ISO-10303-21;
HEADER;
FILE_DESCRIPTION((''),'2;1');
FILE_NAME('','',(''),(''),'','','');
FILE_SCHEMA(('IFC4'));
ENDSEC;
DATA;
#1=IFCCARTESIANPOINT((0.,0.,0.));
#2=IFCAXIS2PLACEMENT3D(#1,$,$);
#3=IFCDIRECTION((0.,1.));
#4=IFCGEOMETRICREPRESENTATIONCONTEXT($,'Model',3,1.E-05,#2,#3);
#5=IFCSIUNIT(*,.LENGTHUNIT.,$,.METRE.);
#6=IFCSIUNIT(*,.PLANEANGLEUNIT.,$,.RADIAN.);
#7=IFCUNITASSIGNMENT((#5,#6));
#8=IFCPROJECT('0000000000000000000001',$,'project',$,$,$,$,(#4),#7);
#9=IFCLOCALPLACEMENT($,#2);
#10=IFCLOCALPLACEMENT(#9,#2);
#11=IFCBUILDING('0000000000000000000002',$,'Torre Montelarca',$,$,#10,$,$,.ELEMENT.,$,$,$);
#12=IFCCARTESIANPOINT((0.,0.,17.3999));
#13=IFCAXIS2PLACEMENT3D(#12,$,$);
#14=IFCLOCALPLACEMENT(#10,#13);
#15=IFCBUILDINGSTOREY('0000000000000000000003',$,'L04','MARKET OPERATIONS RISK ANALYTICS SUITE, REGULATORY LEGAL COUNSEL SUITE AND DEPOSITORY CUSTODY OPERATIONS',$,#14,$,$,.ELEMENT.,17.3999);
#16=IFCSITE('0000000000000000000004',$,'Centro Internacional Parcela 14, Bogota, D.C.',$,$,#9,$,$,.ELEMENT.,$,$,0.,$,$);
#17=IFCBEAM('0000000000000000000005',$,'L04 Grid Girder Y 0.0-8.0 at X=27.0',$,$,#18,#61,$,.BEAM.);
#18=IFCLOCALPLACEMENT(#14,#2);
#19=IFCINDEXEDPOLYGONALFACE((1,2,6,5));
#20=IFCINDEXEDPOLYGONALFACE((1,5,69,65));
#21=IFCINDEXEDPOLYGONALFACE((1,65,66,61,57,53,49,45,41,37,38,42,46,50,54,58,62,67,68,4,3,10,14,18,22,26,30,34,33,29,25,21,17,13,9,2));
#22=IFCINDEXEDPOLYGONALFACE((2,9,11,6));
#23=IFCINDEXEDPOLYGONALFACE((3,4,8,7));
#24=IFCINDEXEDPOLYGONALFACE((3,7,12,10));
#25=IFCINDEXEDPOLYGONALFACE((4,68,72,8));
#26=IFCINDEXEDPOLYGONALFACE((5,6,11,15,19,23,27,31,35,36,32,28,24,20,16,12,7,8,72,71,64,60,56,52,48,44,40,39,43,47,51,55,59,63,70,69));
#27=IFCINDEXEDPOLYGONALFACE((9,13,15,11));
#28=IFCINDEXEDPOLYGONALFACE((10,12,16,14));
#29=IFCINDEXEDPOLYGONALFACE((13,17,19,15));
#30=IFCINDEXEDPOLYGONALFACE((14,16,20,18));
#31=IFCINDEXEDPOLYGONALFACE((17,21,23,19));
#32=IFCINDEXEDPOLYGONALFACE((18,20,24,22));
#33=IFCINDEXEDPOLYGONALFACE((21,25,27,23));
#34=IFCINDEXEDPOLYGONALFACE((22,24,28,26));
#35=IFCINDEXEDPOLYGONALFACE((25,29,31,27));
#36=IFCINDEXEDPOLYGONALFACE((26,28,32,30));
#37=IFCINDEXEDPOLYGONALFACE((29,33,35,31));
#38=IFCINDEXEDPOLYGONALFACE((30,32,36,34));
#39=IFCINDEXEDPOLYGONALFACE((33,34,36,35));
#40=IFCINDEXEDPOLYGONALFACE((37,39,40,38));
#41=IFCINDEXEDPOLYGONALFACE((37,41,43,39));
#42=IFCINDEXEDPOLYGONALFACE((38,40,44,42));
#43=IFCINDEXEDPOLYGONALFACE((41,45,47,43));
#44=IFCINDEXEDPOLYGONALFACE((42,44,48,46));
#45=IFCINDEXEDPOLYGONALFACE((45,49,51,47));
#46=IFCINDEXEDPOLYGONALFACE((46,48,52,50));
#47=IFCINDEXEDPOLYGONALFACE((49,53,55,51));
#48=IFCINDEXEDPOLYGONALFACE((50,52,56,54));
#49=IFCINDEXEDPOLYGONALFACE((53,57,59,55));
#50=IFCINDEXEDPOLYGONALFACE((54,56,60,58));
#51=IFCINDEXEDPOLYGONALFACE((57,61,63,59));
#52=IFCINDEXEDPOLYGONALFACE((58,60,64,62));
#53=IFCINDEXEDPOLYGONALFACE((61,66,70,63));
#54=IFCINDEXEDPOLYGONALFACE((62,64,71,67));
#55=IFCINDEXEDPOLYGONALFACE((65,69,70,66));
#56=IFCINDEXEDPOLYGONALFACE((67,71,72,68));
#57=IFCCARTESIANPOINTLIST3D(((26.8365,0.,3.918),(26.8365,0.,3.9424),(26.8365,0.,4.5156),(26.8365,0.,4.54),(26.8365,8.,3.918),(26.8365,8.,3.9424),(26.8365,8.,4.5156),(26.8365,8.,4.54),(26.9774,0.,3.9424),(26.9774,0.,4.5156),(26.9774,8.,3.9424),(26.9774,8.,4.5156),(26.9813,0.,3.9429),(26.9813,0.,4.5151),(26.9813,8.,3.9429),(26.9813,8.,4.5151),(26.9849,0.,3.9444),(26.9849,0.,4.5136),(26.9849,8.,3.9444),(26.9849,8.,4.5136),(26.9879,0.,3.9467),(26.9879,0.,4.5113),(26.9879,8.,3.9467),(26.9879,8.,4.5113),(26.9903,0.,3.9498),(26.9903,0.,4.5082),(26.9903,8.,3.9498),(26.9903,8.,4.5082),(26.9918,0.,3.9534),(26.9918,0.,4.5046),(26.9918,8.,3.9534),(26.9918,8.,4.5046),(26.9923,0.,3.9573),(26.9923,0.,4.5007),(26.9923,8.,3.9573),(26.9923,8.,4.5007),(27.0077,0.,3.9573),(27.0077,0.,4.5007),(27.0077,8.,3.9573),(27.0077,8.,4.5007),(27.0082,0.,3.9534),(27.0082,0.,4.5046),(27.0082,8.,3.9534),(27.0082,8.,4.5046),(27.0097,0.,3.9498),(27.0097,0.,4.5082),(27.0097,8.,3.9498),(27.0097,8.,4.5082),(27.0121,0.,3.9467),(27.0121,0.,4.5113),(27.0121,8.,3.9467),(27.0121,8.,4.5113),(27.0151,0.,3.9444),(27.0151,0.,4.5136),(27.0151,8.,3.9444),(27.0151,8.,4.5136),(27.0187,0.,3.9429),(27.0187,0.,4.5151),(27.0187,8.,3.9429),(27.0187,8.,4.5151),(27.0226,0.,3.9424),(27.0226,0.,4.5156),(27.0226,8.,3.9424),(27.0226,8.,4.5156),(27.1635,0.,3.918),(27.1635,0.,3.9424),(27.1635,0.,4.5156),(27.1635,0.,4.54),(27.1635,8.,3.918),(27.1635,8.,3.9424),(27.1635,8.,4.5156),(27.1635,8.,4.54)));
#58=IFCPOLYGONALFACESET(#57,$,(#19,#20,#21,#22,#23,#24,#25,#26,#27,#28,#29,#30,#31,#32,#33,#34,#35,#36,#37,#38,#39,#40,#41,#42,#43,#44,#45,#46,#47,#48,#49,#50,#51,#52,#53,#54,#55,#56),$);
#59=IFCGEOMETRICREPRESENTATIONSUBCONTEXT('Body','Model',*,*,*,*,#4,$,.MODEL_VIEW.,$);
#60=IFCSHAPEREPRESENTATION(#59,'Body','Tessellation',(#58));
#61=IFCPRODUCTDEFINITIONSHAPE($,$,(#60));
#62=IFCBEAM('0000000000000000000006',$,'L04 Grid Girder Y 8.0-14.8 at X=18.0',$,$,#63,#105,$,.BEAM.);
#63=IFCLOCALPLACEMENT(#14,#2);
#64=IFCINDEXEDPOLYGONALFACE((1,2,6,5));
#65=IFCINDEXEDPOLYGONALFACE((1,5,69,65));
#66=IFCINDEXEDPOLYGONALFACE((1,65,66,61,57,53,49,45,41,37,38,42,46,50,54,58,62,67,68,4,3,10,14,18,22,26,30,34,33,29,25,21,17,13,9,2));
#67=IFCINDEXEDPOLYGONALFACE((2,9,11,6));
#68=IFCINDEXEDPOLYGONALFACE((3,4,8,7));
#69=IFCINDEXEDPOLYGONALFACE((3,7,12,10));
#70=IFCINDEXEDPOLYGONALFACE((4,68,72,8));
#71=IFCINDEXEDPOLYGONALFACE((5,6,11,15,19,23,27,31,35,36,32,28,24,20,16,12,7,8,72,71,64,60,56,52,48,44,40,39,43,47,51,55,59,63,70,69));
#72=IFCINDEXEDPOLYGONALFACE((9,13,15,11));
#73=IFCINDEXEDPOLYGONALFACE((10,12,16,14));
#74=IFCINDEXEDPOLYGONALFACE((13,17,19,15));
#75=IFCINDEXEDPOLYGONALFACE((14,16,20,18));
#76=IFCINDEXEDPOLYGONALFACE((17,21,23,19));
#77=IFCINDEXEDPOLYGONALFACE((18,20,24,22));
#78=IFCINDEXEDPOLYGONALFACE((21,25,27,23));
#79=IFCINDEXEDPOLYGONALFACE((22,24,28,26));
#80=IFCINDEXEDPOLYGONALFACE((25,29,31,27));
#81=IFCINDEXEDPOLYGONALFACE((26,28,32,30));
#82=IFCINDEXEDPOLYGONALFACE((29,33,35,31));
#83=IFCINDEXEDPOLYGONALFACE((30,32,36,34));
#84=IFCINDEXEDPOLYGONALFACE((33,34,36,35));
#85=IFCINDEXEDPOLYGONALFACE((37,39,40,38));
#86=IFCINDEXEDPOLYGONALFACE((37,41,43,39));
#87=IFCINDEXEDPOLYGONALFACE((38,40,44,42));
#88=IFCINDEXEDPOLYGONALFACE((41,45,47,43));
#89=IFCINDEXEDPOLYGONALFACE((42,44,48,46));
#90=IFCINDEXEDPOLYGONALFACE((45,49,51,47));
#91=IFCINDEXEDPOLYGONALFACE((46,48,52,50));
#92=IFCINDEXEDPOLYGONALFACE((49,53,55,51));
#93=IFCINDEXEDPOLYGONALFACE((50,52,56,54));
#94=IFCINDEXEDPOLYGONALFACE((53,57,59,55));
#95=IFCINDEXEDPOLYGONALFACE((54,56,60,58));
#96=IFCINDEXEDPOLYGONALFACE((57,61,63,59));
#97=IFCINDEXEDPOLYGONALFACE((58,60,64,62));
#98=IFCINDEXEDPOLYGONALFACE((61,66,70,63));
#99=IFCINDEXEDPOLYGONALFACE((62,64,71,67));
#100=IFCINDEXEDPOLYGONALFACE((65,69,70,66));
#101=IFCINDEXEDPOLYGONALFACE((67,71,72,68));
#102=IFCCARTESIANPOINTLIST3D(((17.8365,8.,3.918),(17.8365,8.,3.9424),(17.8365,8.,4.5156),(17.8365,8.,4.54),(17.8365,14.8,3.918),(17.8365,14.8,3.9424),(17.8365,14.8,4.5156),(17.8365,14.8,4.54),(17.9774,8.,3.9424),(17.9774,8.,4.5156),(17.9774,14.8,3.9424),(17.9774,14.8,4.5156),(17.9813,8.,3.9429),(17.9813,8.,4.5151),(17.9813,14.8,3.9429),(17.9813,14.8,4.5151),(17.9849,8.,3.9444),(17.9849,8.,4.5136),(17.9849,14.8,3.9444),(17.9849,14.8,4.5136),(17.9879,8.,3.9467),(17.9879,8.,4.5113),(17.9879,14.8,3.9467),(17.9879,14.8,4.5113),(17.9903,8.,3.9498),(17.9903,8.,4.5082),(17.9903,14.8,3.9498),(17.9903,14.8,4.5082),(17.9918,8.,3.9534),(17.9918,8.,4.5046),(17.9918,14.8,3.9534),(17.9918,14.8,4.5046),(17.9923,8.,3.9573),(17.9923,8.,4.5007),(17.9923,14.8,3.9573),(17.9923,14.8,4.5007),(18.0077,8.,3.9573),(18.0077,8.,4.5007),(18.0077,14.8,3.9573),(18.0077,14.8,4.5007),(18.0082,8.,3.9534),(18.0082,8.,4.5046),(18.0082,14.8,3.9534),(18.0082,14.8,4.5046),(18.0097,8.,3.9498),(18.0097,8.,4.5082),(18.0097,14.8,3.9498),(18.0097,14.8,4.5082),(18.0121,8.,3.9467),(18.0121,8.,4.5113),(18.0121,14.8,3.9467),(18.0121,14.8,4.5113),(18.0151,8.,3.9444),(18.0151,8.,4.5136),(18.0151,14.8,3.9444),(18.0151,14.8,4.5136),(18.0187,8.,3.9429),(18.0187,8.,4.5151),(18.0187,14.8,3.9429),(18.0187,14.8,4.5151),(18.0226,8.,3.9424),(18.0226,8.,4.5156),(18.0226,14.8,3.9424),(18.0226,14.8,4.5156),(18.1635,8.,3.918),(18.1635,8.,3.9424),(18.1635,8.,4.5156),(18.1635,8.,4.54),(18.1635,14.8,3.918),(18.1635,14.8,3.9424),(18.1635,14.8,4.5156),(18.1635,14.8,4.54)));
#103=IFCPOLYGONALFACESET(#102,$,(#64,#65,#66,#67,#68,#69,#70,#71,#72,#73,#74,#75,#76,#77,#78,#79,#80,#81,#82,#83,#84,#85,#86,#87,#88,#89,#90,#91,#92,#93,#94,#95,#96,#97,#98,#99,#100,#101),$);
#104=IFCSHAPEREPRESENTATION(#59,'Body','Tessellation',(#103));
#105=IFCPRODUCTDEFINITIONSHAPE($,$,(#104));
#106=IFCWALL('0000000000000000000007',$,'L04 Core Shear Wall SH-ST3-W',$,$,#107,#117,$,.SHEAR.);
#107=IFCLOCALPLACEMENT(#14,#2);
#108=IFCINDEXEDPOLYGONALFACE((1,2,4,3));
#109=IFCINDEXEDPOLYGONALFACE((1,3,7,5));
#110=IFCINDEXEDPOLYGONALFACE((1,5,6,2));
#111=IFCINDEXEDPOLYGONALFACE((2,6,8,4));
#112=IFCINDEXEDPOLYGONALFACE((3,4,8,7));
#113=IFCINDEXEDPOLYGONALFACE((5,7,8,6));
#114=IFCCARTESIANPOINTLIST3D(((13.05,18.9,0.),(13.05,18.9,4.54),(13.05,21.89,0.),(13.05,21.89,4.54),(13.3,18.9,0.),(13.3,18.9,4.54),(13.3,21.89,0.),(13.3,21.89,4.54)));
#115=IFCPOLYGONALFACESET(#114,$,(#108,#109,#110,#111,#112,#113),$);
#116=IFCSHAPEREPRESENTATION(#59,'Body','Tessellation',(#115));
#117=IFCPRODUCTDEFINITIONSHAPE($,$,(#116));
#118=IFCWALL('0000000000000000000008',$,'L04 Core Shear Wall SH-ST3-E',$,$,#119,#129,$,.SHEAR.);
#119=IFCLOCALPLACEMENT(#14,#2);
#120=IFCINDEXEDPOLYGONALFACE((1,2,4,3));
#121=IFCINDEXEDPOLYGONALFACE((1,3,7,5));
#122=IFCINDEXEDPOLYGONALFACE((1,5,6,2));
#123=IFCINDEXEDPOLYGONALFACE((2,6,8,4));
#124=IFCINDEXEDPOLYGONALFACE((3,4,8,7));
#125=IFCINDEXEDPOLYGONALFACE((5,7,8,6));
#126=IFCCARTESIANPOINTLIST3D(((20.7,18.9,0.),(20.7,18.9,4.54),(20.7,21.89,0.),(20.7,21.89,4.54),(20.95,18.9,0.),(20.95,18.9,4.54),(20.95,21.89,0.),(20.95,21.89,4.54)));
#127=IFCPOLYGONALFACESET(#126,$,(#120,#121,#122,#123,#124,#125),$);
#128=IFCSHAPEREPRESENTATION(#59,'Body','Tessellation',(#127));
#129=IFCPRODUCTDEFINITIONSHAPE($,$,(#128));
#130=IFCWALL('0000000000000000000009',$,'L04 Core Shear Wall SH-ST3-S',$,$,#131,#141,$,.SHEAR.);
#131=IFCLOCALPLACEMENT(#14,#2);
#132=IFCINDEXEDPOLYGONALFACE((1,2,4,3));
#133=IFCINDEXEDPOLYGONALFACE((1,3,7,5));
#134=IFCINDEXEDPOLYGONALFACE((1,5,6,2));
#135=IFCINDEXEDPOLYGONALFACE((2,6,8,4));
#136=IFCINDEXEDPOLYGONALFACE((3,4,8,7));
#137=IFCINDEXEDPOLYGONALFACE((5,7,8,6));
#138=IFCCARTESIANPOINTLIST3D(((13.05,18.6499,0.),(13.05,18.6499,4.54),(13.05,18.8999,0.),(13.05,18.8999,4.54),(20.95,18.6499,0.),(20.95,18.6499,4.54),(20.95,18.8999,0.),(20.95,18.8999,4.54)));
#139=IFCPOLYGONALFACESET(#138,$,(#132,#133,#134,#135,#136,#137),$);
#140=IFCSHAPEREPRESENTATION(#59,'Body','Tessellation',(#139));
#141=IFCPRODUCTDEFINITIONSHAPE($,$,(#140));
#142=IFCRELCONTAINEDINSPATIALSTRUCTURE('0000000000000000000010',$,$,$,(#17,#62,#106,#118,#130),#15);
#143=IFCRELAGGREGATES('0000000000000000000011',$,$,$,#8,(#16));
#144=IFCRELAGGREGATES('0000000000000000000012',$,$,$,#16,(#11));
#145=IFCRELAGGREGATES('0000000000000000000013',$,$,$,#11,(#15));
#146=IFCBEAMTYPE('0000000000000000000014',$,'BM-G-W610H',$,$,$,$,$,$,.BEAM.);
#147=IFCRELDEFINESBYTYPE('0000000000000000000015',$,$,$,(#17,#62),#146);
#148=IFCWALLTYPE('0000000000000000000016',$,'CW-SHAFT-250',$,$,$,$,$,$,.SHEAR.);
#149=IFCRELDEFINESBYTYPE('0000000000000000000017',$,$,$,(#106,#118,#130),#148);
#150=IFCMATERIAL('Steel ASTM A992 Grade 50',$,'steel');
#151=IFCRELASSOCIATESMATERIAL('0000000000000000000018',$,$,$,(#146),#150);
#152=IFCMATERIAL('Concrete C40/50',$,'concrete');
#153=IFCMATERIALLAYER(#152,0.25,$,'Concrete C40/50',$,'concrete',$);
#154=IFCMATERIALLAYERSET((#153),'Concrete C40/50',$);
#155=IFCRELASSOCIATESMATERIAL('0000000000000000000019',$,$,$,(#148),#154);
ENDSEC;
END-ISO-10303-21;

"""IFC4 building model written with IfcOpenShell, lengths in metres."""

from ifc_helpers import new_model, si_unit, direction, frame, frame_2d, origin, origin_2d, place, context, subcontext, project, spatial, rectangle, i_section, extrude, source, transform, mapped, material, layer, layer_set, material_profile, profile_set, type_object, element, save


model = new_model("IFC4")

# Units and contexts
model_context = context("Model", 3, precision=1e-05, world=origin(), true_north=direction((0.0, 1.0)))
body_context = subcontext(model_context, "Body", "Model", "MODEL_VIEW")
ifc_project = project(units=[si_unit("LENGTHUNIT", "METRE"), si_unit("PLANEANGLEUNIT", "RADIAN")], contexts=[model_context])

# Site, building, storey
site_placement = place(None, origin())
site = spatial("IfcSite", under=ifc_project, at=site_placement, Name="Centro Internacional Parcela 14, Bogota, D.C.", CompositionType="ELEMENT", RefElevation=0.0)
building_placement = place(site_placement, origin())
building = spatial("IfcBuilding", under=site, at=building_placement, Name="Torre Montelarca", CompositionType="ELEMENT")
storey_placement = place(building_placement, frame((0.0, 0.0, 17.3999)))
storey = spatial("IfcBuildingStorey", under=building, at=storey_placement, Name="L04", Description="MARKET OPERATIONS RISK ANALYTICS SUITE, REGULATORY LEGAL COUNSEL SUITE AND DEPOSITORY CUSTODY OPERATIONS", CompositionType="ELEMENT", Elevation=17.3999)

# Beams
ifc_material_1 = material(Name="Steel ASTM A992 Grade 50", Category="steel")
ifc_material_profile_1 = material_profile(ifc_material_1, i_section(OverallWidth=0.3269, OverallDepth=0.6221, WebThickness=0.0154, FlangeThickness=0.0244, FilletRadius=0.0149, at=origin_2d()), Name="W610X195", Category="steel")
ifc_profile_set_1 = profile_set([ifc_material_profile_1], Name="Steel ASTM A992 Grade 50")
beam_type_1 = type_object("IfcBeamType", Name="BM-G-W610H", PredefinedType="BEAM", material=ifc_profile_set_1)
shared_shape_1 = source(origin(), body_context, "Body", "SweptSolid", [
    extrude(i_section(OverallWidth=0.3269, OverallDepth=0.6221, WebThickness=0.0154, FlangeThickness=0.0244, FilletRadius=0.0149, at=origin_2d()), origin(), (0.0, 0.0, 1.0), 8.0),
])
for number, where, z_axis, x_axis, name in (
    (1, (27.0, 0.0, 4.229), (0.0, 1.0, 0.0), (-1.0, 0.0, 0.0), "L04 Grid Girder Y 0.0-8.0 at X=27.0"),
):
    element("IfcBeam", number, at=place(storey_placement, frame(where, z_axis=z_axis, x_axis=x_axis)), inside=storey, type_object=beam_type_1, Name=name, PredefinedType="BEAM", context=body_context, shape_type="MappedRepresentation", body=[
        mapped(shared_shape_1, transform((0.0, 0.0, 0.0), scale=1.0)),
    ])
shared_shape_2 = source(origin(), body_context, "Body", "SweptSolid", [
    extrude(i_section(OverallWidth=0.3269, OverallDepth=0.6221, WebThickness=0.0154, FlangeThickness=0.0244, FilletRadius=0.0149, at=origin_2d()), origin(), (0.0, 0.0, 1.0), 6.8),
])
beam_placement = place(storey_placement, frame((18.0, 8.0, 4.229), z_axis=(0.0, 1.0, 0.0), x_axis=(-1.0, 0.0, 0.0)))
element("IfcBeam", 2, at=beam_placement, inside=storey, type_object=beam_type_1, Name="L04 Grid Girder Y 8.0-14.8 at X=18.0", PredefinedType="BEAM", context=body_context, shape_type="MappedRepresentation", body=[
    mapped(shared_shape_2, transform((0.0, 0.0, 0.0), scale=1.0)),
])

# Walls
ifc_material_2 = material(Name="Concrete C40/50", Category="concrete")
ifc_layer_1 = layer(ifc_material_2, 0.25, Name="Concrete C40/50", Category="concrete")
ifc_layer_set_1 = layer_set([ifc_layer_1], Name="Concrete C40/50")
wall_type = type_object("IfcWallType", Name="CW-SHAFT-250", PredefinedType="SHEAR", material=ifc_layer_set_1)
for number, where, z_axis, x_axis, name in (
    (3, (13.175, 18.8999, 0.0), (0.0, 0.0, 1.0), (0.0, 1.0, 0.0), "L04 Core Shear Wall SH-ST3-W"),
    (4, (20.825, 18.8999, 0.0), (0.0, 0.0, 1.0), (0.0, 1.0, 0.0), "L04 Core Shear Wall SH-ST3-E"),
):
    element("IfcWall", number, at=place(storey_placement, frame(where, z_axis=z_axis, x_axis=x_axis)), inside=storey, type_object=wall_type, Name=name, PredefinedType="SHEAR", context=body_context, shape_type="SweptSolid", body=[
        extrude(rectangle(XDim=2.99, YDim=0.25, at=frame_2d((1.4951, 0.0))), origin(), (0.0, 0.0, 1.0), 4.54),
    ])
wall_placement = place(storey_placement, frame((13.05, 18.7749, 0.0), z_axis=(0.0, 0.0, 1.0), x_axis=(1.0, 0.0, 0.0)))
element("IfcWall", 5, at=wall_placement, inside=storey, type_object=wall_type, Name="L04 Core Shear Wall SH-ST3-S", PredefinedType="SHEAR", context=body_context, shape_type="SweptSolid", body=[
    extrude(rectangle(XDim=7.8999, YDim=0.25, at=frame_2d((3.95, 0.0))), origin(), (0.0, 0.0, 1.0), 4.54),
])

save(model, "model.ifc")
